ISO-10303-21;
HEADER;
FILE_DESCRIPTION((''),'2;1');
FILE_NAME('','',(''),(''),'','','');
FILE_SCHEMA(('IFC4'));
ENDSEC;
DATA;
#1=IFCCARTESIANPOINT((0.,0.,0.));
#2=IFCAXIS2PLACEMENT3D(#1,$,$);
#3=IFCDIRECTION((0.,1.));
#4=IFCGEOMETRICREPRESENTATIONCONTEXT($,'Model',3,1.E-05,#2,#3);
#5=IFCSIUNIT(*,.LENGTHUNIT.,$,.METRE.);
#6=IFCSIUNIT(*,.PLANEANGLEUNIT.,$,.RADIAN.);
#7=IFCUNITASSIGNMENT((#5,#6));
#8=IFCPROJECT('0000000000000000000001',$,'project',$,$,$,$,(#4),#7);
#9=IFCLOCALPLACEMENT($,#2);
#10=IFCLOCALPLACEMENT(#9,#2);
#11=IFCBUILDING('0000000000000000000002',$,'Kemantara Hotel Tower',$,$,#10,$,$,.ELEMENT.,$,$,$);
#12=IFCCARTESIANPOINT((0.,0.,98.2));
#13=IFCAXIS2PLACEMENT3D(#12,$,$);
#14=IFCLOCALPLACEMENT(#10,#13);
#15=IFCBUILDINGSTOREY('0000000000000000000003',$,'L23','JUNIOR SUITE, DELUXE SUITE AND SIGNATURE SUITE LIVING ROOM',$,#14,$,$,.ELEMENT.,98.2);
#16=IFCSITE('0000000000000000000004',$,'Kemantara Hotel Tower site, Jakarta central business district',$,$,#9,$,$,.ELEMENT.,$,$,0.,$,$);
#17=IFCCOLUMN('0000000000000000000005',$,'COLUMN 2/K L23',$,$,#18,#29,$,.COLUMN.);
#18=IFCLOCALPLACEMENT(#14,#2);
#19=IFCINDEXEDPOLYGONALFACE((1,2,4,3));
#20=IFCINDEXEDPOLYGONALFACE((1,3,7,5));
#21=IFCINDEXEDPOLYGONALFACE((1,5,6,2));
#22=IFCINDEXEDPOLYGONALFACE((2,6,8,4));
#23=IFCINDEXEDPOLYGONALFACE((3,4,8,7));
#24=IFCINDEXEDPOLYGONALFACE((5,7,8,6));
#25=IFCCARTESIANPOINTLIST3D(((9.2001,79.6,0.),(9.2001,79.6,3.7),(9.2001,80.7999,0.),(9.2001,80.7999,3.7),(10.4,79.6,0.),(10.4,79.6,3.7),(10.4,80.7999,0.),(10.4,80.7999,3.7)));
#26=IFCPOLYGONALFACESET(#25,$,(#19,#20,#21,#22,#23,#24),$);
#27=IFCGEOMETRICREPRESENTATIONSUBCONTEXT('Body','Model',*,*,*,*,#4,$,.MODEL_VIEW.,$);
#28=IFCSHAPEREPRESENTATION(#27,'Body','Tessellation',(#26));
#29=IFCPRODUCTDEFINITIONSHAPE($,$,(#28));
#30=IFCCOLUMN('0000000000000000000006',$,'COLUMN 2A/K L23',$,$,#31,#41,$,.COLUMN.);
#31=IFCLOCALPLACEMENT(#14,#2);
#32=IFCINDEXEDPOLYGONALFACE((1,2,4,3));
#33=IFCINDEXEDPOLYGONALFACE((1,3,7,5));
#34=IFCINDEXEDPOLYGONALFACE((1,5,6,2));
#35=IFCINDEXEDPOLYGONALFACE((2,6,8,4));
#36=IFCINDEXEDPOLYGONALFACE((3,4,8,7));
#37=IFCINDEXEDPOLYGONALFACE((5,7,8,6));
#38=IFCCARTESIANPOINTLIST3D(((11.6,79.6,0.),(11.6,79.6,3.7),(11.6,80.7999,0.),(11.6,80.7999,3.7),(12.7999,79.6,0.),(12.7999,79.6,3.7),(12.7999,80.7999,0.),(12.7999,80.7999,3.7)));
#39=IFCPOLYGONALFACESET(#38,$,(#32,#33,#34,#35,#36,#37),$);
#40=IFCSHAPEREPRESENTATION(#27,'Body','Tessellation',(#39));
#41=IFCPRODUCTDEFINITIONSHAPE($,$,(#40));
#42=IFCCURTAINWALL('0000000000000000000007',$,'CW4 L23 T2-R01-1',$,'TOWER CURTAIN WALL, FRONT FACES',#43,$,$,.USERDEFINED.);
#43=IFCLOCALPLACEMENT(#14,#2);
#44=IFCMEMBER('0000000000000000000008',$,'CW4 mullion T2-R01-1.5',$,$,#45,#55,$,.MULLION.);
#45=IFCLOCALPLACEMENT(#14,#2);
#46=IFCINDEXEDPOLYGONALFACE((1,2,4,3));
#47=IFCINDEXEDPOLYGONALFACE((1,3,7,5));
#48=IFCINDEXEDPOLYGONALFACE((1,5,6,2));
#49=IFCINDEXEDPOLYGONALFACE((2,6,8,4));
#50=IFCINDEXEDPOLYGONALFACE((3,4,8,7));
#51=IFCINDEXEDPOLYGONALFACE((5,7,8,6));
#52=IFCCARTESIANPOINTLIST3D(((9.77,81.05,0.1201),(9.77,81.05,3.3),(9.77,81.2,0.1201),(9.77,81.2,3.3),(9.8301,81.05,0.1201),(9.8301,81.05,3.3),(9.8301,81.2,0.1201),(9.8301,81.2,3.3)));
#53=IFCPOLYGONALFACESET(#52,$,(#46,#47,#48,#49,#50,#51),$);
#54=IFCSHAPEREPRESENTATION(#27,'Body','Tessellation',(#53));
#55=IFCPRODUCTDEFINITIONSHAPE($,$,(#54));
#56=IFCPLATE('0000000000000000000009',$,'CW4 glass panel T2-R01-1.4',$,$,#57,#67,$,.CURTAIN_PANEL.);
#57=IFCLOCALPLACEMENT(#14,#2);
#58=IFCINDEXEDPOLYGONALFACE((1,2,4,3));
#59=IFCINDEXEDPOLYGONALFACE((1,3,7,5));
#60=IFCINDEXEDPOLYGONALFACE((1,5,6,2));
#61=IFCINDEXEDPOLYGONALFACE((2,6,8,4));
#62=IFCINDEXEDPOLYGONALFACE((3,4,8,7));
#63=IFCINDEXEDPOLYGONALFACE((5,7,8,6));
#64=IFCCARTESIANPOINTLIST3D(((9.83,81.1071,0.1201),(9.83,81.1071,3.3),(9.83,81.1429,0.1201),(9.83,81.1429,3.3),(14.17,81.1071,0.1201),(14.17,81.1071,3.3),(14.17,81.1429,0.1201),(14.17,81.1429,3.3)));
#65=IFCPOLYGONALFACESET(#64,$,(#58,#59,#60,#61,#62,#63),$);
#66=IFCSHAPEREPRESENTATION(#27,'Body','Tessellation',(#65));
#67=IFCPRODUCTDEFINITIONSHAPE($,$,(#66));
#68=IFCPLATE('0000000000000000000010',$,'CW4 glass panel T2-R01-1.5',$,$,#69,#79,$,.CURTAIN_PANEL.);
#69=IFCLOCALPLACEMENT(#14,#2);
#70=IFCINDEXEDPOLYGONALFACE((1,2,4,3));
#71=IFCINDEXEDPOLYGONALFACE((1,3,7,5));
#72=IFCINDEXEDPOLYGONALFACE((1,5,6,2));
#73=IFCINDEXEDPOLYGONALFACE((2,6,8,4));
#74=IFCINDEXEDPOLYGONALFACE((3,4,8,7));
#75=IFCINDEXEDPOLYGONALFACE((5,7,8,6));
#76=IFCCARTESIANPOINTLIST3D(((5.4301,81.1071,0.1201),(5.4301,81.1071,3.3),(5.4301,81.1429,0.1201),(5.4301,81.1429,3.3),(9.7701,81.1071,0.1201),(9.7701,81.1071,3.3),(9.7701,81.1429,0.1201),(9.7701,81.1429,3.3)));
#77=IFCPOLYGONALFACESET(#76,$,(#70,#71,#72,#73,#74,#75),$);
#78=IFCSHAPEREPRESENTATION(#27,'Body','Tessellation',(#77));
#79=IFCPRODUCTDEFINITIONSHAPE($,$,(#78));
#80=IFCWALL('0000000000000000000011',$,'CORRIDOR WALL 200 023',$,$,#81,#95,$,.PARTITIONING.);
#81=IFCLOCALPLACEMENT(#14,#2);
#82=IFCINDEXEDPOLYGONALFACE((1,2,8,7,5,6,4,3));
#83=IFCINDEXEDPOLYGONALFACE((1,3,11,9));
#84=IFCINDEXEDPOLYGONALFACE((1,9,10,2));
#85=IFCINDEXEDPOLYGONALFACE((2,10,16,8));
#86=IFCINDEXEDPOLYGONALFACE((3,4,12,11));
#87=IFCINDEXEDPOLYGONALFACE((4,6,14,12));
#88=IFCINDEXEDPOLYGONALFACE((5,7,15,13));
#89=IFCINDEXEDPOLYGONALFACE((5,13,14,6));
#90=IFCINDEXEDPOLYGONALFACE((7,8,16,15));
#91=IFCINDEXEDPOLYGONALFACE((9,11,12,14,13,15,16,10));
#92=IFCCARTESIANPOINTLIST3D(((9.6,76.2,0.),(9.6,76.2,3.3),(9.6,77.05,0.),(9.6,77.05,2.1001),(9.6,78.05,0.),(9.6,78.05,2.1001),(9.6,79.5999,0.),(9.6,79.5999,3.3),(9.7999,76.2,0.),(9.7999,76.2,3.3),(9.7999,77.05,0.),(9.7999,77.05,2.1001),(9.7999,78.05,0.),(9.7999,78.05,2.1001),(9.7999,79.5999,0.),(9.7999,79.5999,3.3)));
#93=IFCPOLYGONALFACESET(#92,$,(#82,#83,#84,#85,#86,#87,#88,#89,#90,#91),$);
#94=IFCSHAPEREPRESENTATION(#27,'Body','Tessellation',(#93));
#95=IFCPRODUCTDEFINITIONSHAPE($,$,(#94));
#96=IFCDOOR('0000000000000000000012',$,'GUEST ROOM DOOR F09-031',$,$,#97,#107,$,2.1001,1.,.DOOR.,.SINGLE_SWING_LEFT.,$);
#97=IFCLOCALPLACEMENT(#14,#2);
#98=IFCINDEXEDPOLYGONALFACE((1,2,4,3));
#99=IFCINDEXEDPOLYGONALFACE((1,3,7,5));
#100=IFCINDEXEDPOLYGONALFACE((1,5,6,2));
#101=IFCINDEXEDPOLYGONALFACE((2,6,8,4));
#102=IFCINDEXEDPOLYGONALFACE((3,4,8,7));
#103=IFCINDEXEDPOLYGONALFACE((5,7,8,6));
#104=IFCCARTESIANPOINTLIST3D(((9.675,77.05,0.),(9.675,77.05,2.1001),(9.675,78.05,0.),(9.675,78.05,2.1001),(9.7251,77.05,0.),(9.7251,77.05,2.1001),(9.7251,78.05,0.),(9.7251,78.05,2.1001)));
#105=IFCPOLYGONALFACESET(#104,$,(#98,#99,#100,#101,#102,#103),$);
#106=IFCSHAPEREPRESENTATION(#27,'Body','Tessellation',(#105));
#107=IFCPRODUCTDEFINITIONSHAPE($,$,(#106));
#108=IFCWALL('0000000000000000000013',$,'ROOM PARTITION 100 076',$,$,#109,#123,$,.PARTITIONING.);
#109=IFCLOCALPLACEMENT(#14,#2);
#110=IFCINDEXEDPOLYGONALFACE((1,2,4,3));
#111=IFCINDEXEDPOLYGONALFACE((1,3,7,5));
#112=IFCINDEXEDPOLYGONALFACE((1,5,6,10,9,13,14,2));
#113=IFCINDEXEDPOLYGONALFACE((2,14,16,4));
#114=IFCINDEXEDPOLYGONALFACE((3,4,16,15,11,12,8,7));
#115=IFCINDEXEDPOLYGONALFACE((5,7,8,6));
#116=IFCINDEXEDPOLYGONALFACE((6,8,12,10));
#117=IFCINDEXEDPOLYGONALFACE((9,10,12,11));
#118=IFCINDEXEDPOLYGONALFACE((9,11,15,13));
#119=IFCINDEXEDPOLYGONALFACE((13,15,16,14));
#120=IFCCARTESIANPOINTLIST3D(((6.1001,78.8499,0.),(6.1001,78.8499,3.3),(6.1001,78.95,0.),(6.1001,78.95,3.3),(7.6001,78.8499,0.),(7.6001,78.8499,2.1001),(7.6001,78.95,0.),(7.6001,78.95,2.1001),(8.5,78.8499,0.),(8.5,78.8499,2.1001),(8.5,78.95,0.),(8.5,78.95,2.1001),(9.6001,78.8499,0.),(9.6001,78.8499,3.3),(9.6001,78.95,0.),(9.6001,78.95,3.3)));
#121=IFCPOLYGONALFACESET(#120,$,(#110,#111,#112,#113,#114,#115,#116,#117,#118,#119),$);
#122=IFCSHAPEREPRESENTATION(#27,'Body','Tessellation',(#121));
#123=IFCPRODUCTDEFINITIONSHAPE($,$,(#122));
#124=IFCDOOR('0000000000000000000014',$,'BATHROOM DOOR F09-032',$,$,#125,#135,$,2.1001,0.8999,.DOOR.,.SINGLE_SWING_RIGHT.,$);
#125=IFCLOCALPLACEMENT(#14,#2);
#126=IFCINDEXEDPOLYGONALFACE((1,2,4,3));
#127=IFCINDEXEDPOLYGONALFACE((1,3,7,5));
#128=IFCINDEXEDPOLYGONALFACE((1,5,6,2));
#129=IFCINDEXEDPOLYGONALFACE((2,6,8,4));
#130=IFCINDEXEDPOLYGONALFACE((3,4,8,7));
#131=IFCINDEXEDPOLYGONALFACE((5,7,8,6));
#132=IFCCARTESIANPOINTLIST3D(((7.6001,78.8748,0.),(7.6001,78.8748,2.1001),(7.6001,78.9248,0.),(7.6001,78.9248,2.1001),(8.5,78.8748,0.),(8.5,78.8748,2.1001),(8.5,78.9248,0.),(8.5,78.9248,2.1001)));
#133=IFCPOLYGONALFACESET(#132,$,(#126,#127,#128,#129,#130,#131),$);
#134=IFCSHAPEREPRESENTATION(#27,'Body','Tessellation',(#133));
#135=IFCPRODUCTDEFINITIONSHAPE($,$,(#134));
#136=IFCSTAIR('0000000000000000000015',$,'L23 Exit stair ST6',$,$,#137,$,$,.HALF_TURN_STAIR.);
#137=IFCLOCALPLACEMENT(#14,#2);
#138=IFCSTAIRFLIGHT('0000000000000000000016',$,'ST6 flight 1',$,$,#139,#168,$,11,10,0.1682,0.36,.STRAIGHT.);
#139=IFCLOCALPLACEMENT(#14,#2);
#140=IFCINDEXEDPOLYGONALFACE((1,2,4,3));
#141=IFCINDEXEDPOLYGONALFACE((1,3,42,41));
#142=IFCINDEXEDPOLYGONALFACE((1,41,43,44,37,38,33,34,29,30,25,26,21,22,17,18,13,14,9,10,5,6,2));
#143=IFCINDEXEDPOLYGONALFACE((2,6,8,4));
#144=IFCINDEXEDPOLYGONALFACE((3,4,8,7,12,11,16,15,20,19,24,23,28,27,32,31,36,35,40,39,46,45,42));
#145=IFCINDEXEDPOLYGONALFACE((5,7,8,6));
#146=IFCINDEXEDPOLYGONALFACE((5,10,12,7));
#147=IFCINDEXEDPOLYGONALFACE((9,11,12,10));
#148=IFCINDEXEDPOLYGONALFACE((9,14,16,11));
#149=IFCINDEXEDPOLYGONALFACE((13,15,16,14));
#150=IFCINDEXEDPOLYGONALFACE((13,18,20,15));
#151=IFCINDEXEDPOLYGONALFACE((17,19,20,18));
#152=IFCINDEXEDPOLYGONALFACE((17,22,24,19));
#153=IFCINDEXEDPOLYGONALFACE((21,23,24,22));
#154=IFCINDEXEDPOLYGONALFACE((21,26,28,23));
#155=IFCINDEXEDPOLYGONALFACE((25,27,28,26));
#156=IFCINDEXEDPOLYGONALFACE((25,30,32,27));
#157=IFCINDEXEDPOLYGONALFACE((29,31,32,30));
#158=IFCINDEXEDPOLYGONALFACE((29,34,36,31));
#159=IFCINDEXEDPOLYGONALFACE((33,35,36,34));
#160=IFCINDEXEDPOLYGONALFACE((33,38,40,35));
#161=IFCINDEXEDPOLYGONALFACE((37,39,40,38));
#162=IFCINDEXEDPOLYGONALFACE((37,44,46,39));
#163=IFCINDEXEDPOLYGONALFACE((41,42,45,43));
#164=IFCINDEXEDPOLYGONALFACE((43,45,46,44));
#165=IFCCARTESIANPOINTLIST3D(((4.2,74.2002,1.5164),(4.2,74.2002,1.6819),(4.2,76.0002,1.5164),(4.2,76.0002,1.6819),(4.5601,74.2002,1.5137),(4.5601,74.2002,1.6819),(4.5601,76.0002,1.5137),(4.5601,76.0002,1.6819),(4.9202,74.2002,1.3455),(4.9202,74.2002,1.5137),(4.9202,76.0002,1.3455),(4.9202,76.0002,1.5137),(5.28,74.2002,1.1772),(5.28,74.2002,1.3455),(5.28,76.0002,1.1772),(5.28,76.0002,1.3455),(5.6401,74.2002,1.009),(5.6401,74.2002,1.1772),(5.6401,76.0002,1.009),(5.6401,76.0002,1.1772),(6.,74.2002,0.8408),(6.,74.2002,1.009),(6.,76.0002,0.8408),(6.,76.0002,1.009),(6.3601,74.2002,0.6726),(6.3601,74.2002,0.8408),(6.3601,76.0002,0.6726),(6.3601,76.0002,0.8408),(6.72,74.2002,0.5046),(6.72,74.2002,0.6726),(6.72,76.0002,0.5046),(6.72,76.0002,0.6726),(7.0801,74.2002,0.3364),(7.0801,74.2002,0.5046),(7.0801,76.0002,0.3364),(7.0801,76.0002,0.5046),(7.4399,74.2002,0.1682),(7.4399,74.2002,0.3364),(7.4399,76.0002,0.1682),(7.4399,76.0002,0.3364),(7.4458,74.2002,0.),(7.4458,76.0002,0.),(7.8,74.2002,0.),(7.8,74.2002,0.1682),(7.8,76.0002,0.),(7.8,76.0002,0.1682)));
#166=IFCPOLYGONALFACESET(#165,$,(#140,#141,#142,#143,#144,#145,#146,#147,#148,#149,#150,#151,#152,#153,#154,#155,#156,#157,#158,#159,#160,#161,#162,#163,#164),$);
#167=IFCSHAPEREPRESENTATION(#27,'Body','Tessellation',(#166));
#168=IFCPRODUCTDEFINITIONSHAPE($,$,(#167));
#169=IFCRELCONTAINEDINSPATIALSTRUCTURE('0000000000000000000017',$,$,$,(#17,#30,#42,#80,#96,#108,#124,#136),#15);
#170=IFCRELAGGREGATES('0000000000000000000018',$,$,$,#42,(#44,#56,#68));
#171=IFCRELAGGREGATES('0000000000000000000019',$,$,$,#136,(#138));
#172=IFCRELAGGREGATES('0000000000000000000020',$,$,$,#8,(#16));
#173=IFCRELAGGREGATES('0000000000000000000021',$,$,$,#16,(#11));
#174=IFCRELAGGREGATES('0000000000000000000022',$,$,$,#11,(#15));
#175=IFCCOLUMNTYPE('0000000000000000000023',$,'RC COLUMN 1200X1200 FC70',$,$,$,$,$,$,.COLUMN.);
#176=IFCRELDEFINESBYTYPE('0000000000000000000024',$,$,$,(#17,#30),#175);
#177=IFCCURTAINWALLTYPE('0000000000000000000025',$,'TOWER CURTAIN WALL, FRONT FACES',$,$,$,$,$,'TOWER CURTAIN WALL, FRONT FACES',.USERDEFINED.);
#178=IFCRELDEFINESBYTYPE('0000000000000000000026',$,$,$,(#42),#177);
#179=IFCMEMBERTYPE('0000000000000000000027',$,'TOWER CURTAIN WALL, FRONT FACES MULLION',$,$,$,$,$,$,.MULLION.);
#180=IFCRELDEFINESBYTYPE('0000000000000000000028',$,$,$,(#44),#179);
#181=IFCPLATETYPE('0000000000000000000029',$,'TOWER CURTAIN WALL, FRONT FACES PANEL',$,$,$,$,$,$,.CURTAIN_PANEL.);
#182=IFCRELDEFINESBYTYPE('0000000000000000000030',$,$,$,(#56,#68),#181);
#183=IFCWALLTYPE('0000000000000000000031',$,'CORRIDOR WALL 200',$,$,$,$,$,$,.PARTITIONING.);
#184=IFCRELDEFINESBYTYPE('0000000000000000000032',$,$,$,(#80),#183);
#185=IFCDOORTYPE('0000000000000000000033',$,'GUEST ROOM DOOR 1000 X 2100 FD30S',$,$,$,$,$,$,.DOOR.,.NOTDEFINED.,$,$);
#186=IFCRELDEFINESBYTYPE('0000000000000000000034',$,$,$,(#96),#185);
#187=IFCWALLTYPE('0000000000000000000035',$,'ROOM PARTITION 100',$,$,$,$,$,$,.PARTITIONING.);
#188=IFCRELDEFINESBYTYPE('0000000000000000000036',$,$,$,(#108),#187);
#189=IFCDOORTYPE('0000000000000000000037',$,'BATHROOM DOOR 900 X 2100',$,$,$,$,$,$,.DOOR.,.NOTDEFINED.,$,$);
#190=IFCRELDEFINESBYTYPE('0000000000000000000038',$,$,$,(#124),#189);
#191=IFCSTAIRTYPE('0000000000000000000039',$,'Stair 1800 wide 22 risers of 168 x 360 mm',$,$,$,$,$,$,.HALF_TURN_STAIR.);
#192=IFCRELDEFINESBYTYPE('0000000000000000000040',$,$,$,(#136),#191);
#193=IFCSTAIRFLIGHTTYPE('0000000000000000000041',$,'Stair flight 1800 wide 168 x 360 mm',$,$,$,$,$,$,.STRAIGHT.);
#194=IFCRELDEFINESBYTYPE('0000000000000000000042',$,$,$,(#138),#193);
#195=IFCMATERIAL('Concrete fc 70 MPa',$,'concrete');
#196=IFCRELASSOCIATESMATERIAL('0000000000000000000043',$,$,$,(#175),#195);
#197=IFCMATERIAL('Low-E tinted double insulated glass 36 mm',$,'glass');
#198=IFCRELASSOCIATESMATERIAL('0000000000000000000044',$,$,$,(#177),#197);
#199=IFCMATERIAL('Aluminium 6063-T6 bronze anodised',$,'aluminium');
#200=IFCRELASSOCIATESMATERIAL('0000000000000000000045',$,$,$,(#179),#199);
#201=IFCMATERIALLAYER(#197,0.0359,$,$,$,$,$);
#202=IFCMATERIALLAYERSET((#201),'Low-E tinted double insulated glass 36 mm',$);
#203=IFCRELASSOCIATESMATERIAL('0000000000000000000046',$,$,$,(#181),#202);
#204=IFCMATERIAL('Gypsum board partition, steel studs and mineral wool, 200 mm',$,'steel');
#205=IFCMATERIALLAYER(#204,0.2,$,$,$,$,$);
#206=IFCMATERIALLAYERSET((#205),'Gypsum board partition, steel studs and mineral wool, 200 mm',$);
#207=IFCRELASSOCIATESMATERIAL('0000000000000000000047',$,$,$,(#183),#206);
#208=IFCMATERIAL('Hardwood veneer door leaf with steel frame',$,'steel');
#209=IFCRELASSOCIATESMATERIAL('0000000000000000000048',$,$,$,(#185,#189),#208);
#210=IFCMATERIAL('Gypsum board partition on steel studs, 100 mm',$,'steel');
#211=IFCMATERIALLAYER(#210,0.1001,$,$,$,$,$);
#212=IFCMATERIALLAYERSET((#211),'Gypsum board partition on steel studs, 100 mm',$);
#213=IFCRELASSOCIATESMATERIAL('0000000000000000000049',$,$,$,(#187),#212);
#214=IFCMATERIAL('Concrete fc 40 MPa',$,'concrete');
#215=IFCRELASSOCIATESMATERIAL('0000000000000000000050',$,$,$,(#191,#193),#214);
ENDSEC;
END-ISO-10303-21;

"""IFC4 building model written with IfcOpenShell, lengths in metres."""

from ifc_helpers import new_model, si_unit, direction, frame, frame_2d, origin, origin_2d, place, context, subcontext, project, spatial, polyline, rectangle, outline, extrude, source, transform, mapped, material, layer, layer_set, material_profile, profile_set, type_object, element, fill, aggregate, save


model = new_model("IFC4")

# Units and contexts
model_context = context("Model", 3, precision=1e-05, world=origin(), true_north=direction((0.0, 1.0)))
body_context = subcontext(model_context, "Body", "Model", "MODEL_VIEW")
ifc_project = project(units=[si_unit("LENGTHUNIT", "METRE"), si_unit("PLANEANGLEUNIT", "RADIAN")], contexts=[model_context])

# Site, building, storey
site_placement = place(None, origin())
site = spatial("IfcSite", under=ifc_project, at=site_placement, Name="Kemantara Hotel Tower site, Jakarta central business district", CompositionType="ELEMENT", RefElevation=0.0)
building_placement = place(site_placement, origin())
building = spatial("IfcBuilding", under=site, at=building_placement, Name="Kemantara Hotel Tower", CompositionType="ELEMENT")
storey_placement = place(building_placement, frame((0.0, 0.0, 98.2)))
storey = spatial("IfcBuildingStorey", under=building, at=storey_placement, Name="L23", Description="JUNIOR SUITE, DELUXE SUITE AND SIGNATURE SUITE LIVING ROOM", CompositionType="ELEMENT", Elevation=98.2)

# Columns
ifc_material_1 = material(Name="Concrete fc 70 MPa", Category="concrete")
ifc_material_profile_1 = material_profile(ifc_material_1, rectangle(XDim=1.2, YDim=1.2, at=origin_2d()), Name="RC 1200X1200")
ifc_profile_set_1 = profile_set([ifc_material_profile_1], Name="Concrete fc 70 MPa")
column_type = type_object("IfcColumnType", Name="RC COLUMN 1200X1200 FC70", PredefinedType="COLUMN", material=ifc_profile_set_1)
for number, where, z_axis, x_axis, name in (
    (1, (9.8, 80.2, 0.0), (0.0, 0.0, 1.0), (1.0, 0.0, 0.0), "COLUMN 2/K L23"),
    (2, (12.2, 80.2, 0.0), (0.0, 0.0, 1.0), (1.0, 0.0, 0.0), "COLUMN 2A/K L23"),
):
    element("IfcColumn", number, at=place(storey_placement, frame(where, z_axis=z_axis, x_axis=x_axis)), inside=storey, type_object=column_type, Name=name, PredefinedType="COLUMN", context=body_context, shape_type="SweptSolid", body=[
        extrude(rectangle(XDim=1.2, YDim=1.2, at=origin_2d()), origin(), (0.0, 0.0, 1.0), 3.7),
    ])

# Curtain wall, member, plates
ifc_material_2 = material(Name="Low-E tinted double insulated glass 36 mm", Category="glass")
curtain_wall_type = type_object("IfcCurtainWallType", Name="TOWER CURTAIN WALL, FRONT FACES", ElementType="TOWER CURTAIN WALL, FRONT FACES", PredefinedType="USERDEFINED", material=ifc_material_2)
curtain_wall_placement = place(storey_placement, origin())
curtain_wall = element("IfcCurtainWall", 3, at=curtain_wall_placement, inside=storey, type_object=curtain_wall_type, Name="CW4 L23 T2-R01-1", ObjectType="TOWER CURTAIN WALL, FRONT FACES", PredefinedType="USERDEFINED")
ifc_material_3 = material(Name="Aluminium 6063-T6 bronze anodised", Category="aluminium")
ifc_material_profile_2 = material_profile(ifc_material_3, rectangle(XDim=0.1499, YDim=0.0601, at=origin_2d()), Name="TOWER CURTAIN WALL, FRONT FACES MULLION")
ifc_profile_set_2 = profile_set([ifc_material_profile_2], Name="Aluminium 6063-T6 bronze anodised")
member_type = type_object("IfcMemberType", Name="TOWER CURTAIN WALL, FRONT FACES MULLION", PredefinedType="MULLION", material=ifc_profile_set_2)
shared_shape_1 = source(origin(), body_context, "Body", "SweptSolid", [
    extrude(rectangle(XDim=0.1499, YDim=0.0601, at=origin_2d()), origin(), (0.0, 0.0, 1.0), 3.1799),
])
member_placement = place(storey_placement, frame((9.8, 81.125, 0.1201), z_axis=(0.0, 0.0, 1.0), x_axis=(0.0, -1.0, 0.0)))
member = element("IfcMember", 4, at=member_placement, type_object=member_type, Name="CW4 mullion T2-R01-1.5", PredefinedType="MULLION", context=body_context, shape_type="MappedRepresentation", body=[
    mapped(shared_shape_1, transform((0.0, 0.0, 0.0))),
])
ifc_layer_1 = layer(ifc_material_2, 0.0359)
ifc_layer_set_1 = layer_set([ifc_layer_1], Name="Low-E tinted double insulated glass 36 mm")
plate_type = type_object("IfcPlateType", Name="TOWER CURTAIN WALL, FRONT FACES PANEL", PredefinedType="CURTAIN_PANEL", material=ifc_layer_set_1)
shared_shape_2 = source(origin(), body_context, "Body", "SweptSolid", [
    extrude(rectangle(XDim=4.3401, YDim=0.0359, at=origin_2d()), origin(), (0.0, 0.0, 1.0), 3.1799),
])
plate_1_placement = place(storey_placement, frame((12.0, 81.125, 0.1201), z_axis=(0.0, 0.0, 1.0), x_axis=(-1.0, 0.0, 0.0)))
plate_1 = element("IfcPlate", 5, at=plate_1_placement, type_object=plate_type, Name="CW4 glass panel T2-R01-1.4", PredefinedType="CURTAIN_PANEL", context=body_context, shape_type="MappedRepresentation", body=[
    mapped(shared_shape_2, transform((0.0, 0.0, 0.0))),
])
plate_2_placement = place(storey_placement, frame((7.6001, 81.125, 0.1201), z_axis=(0.0, 0.0, 1.0), x_axis=(-1.0, 0.0, 0.0)))
plate_2 = element("IfcPlate", 6, at=plate_2_placement, type_object=plate_type, Name="CW4 glass panel T2-R01-1.5", PredefinedType="CURTAIN_PANEL", context=body_context, shape_type="MappedRepresentation", body=[
    mapped(shared_shape_2, transform((0.0, 0.0, 0.0))),
])
aggregate(curtain_wall, [member, plate_1, plate_2])

# Walls, openings, doors
ifc_material_4 = material(Name="Gypsum board partition, steel studs and mineral wool, 200 mm", Category="steel")
ifc_layer_2 = layer(ifc_material_4, 0.2)
ifc_layer_set_2 = layer_set([ifc_layer_2], Name="Gypsum board partition, steel studs and mineral wool, 200 mm")
wall_type_1 = type_object("IfcWallType", Name="CORRIDOR WALL 200", PredefinedType="PARTITIONING", material=ifc_layer_set_2)
wall_1_placement = place(storey_placement, frame((9.7, 76.2, 0.0), z_axis=(0.0, 0.0, 1.0), x_axis=(0.0, 1.0, 0.0)))
wall_1 = element("IfcWall", 7, at=wall_1_placement, inside=storey, type_object=wall_type_1, Name="CORRIDOR WALL 200 023", PredefinedType="PARTITIONING", context=body_context, shape_type="SweptSolid", body=[
    extrude(rectangle(XDim=3.3999, YDim=0.2, at=frame_2d((1.7, 0.0))), origin(), (0.0, 0.0, 1.0), 3.3),
])
opening_1_placement = place(wall_1_placement, frame((0.8501, 0.0, 0.0)))
opening_1 = element("IfcOpeningElement", 8, at=opening_1_placement, cuts=wall_1, PredefinedType="OPENING", context=body_context, shape_type="SweptSolid", body=[
    extrude(rectangle(XDim=1.0, YDim=2.1001, at=frame_2d((0.5, 1.05))), frame((0.0, 0.1099, 0.0), z_axis=(0.0, -1.0, 0.0), x_axis=(1.0, 0.0, 0.0)), (0.0, 0.0, 1.0), 0.22),
])
ifc_material_5 = material(Name="Hardwood veneer door leaf with steel frame", Category="steel")
door_type_1 = type_object("IfcDoorType", Name="GUEST ROOM DOOR 1000 X 2100 FD30S", OperationType="NOTDEFINED", PredefinedType="DOOR", material=ifc_material_5)
door_1_placement = place(opening_1_placement, origin())
door_1 = element("IfcDoor", 9, at=door_1_placement, inside=storey, type_object=door_type_1, Name="GUEST ROOM DOOR F09-031", OperationType="SINGLE_SWING_LEFT", OverallHeight=2.1001, OverallWidth=1.0, PredefinedType="DOOR", context=body_context, shape_type="SweptSolid", body=[
    extrude(rectangle(XDim=1.0, YDim=2.1001, at=frame_2d((0.5, 1.05))), frame((0.0, 0.0249, 0.0), z_axis=(0.0, -1.0, 0.0), x_axis=(1.0, 0.0, 0.0)), (0.0, 0.0, 1.0), 0.05),
])
fill(opening_1, door_1)
ifc_material_6 = material(Name="Gypsum board partition on steel studs, 100 mm", Category="steel")
ifc_layer_3 = layer(ifc_material_6, 0.1001)
ifc_layer_set_3 = layer_set([ifc_layer_3], Name="Gypsum board partition on steel studs, 100 mm")
wall_type_2 = type_object("IfcWallType", Name="ROOM PARTITION 100", PredefinedType="PARTITIONING", material=ifc_layer_set_3)
wall_2_placement = place(storey_placement, frame((6.1001, 78.8999, 0.0), z_axis=(0.0, 0.0, 1.0), x_axis=(1.0, 0.0, 0.0)))
wall_2 = element("IfcWall", 10, at=wall_2_placement, inside=storey, type_object=wall_type_2, Name="ROOM PARTITION 100 076", PredefinedType="PARTITIONING", context=body_context, shape_type="SweptSolid", body=[
    extrude(rectangle(XDim=3.5, YDim=0.1001, at=frame_2d((1.75, 0.0))), origin(), (0.0, 0.0, 1.0), 3.3),
])
opening_2_placement = place(wall_2_placement, frame((1.5, 0.0, 0.0)))
opening_2 = element("IfcOpeningElement", 11, at=opening_2_placement, cuts=wall_2, PredefinedType="OPENING", context=body_context, shape_type="SweptSolid", body=[
    extrude(rectangle(XDim=0.8999, YDim=2.1001, at=frame_2d((0.45, 1.05))), frame((0.0, 0.0601, 0.0), z_axis=(0.0, -1.0, 0.0), x_axis=(1.0, 0.0, 0.0)), (0.0, 0.0, 1.0), 0.1201),
])
door_type_2 = type_object("IfcDoorType", Name="BATHROOM DOOR 900 X 2100", OperationType="NOTDEFINED", PredefinedType="DOOR", material=ifc_material_5)
door_2_placement = place(opening_2_placement, origin())
door_2 = element("IfcDoor", 12, at=door_2_placement, inside=storey, type_object=door_type_2, Name="BATHROOM DOOR F09-032", OperationType="SINGLE_SWING_RIGHT", OverallHeight=2.1001, OverallWidth=0.8999, PredefinedType="DOOR", context=body_context, shape_type="SweptSolid", body=[
    extrude(rectangle(XDim=0.8999, YDim=2.1001, at=frame_2d((0.45, 1.05))), frame((0.0, 0.0249, 0.0), z_axis=(0.0, -1.0, 0.0), x_axis=(1.0, 0.0, 0.0)), (0.0, 0.0, 1.0), 0.05),
])
fill(opening_2, door_2)

# Stair, stair flight
ifc_material_7 = material(Name="Concrete fc 40 MPa", Category="concrete")
stair_type = type_object("IfcStairType", Name="Stair 1800 wide 22 risers of 168 x 360 mm", PredefinedType="HALF_TURN_STAIR", material=ifc_material_7)
stair_placement = place(storey_placement, origin())
stair = element("IfcStair", 13, at=stair_placement, inside=storey, type_object=stair_type, Name="L23 Exit stair ST6", PredefinedType="HALF_TURN_STAIR")
stair_flight_type = type_object("IfcStairFlightType", Name="Stair flight 1800 wide 168 x 360 mm", PredefinedType="STRAIGHT", material=ifc_material_7)
stair_flight_placement = place(storey_placement, frame((7.8, 75.1001, 0.0), z_axis=(0.0, 0.0, 1.0), x_axis=(-1.0, 0.0, 0.0)))
stair_flight = element("IfcStairFlight", 14, at=stair_flight_placement, type_object=stair_flight_type, Name="ST6 flight 1", NumberOfRisers=11, NumberOfTreads=10, PredefinedType="STRAIGHT", RiserHeight=0.1682, TreadLength=0.36, context=body_context, shape_type="SweptSolid", body=[
    extrude(outline(polyline([(0.0, 0.0), (0.0, 0.1682), (0.3601, 0.1682), (0.3601, 0.3364), (0.72, 0.3364), (0.72, 0.5046), (1.0801, 0.5046), (1.0801, 0.6726), (1.4399, 0.6726), (1.4399, 0.8408), (1.8, 0.8408), (1.8, 1.009), (2.1599, 1.009), (2.1599, 1.1772), (2.52, 1.1772), (2.52, 1.3455), (2.8799, 1.3455), (2.8799, 1.5137), (3.24, 1.5137), (3.24, 1.6819), (3.6001, 1.6819), (3.6001, 1.8501), (3.6001, 1.5164), (0.3542, 0.0), (0.0, 0.0)])), frame((0.0, 0.8999, 0.0), z_axis=(0.0, -1.0, 0.0), x_axis=(1.0, 0.0, 0.0)), (0.0, 0.0, 1.0), 1.8),
])
aggregate(stair, [stair_flight])

save(model, "model.ifc")
